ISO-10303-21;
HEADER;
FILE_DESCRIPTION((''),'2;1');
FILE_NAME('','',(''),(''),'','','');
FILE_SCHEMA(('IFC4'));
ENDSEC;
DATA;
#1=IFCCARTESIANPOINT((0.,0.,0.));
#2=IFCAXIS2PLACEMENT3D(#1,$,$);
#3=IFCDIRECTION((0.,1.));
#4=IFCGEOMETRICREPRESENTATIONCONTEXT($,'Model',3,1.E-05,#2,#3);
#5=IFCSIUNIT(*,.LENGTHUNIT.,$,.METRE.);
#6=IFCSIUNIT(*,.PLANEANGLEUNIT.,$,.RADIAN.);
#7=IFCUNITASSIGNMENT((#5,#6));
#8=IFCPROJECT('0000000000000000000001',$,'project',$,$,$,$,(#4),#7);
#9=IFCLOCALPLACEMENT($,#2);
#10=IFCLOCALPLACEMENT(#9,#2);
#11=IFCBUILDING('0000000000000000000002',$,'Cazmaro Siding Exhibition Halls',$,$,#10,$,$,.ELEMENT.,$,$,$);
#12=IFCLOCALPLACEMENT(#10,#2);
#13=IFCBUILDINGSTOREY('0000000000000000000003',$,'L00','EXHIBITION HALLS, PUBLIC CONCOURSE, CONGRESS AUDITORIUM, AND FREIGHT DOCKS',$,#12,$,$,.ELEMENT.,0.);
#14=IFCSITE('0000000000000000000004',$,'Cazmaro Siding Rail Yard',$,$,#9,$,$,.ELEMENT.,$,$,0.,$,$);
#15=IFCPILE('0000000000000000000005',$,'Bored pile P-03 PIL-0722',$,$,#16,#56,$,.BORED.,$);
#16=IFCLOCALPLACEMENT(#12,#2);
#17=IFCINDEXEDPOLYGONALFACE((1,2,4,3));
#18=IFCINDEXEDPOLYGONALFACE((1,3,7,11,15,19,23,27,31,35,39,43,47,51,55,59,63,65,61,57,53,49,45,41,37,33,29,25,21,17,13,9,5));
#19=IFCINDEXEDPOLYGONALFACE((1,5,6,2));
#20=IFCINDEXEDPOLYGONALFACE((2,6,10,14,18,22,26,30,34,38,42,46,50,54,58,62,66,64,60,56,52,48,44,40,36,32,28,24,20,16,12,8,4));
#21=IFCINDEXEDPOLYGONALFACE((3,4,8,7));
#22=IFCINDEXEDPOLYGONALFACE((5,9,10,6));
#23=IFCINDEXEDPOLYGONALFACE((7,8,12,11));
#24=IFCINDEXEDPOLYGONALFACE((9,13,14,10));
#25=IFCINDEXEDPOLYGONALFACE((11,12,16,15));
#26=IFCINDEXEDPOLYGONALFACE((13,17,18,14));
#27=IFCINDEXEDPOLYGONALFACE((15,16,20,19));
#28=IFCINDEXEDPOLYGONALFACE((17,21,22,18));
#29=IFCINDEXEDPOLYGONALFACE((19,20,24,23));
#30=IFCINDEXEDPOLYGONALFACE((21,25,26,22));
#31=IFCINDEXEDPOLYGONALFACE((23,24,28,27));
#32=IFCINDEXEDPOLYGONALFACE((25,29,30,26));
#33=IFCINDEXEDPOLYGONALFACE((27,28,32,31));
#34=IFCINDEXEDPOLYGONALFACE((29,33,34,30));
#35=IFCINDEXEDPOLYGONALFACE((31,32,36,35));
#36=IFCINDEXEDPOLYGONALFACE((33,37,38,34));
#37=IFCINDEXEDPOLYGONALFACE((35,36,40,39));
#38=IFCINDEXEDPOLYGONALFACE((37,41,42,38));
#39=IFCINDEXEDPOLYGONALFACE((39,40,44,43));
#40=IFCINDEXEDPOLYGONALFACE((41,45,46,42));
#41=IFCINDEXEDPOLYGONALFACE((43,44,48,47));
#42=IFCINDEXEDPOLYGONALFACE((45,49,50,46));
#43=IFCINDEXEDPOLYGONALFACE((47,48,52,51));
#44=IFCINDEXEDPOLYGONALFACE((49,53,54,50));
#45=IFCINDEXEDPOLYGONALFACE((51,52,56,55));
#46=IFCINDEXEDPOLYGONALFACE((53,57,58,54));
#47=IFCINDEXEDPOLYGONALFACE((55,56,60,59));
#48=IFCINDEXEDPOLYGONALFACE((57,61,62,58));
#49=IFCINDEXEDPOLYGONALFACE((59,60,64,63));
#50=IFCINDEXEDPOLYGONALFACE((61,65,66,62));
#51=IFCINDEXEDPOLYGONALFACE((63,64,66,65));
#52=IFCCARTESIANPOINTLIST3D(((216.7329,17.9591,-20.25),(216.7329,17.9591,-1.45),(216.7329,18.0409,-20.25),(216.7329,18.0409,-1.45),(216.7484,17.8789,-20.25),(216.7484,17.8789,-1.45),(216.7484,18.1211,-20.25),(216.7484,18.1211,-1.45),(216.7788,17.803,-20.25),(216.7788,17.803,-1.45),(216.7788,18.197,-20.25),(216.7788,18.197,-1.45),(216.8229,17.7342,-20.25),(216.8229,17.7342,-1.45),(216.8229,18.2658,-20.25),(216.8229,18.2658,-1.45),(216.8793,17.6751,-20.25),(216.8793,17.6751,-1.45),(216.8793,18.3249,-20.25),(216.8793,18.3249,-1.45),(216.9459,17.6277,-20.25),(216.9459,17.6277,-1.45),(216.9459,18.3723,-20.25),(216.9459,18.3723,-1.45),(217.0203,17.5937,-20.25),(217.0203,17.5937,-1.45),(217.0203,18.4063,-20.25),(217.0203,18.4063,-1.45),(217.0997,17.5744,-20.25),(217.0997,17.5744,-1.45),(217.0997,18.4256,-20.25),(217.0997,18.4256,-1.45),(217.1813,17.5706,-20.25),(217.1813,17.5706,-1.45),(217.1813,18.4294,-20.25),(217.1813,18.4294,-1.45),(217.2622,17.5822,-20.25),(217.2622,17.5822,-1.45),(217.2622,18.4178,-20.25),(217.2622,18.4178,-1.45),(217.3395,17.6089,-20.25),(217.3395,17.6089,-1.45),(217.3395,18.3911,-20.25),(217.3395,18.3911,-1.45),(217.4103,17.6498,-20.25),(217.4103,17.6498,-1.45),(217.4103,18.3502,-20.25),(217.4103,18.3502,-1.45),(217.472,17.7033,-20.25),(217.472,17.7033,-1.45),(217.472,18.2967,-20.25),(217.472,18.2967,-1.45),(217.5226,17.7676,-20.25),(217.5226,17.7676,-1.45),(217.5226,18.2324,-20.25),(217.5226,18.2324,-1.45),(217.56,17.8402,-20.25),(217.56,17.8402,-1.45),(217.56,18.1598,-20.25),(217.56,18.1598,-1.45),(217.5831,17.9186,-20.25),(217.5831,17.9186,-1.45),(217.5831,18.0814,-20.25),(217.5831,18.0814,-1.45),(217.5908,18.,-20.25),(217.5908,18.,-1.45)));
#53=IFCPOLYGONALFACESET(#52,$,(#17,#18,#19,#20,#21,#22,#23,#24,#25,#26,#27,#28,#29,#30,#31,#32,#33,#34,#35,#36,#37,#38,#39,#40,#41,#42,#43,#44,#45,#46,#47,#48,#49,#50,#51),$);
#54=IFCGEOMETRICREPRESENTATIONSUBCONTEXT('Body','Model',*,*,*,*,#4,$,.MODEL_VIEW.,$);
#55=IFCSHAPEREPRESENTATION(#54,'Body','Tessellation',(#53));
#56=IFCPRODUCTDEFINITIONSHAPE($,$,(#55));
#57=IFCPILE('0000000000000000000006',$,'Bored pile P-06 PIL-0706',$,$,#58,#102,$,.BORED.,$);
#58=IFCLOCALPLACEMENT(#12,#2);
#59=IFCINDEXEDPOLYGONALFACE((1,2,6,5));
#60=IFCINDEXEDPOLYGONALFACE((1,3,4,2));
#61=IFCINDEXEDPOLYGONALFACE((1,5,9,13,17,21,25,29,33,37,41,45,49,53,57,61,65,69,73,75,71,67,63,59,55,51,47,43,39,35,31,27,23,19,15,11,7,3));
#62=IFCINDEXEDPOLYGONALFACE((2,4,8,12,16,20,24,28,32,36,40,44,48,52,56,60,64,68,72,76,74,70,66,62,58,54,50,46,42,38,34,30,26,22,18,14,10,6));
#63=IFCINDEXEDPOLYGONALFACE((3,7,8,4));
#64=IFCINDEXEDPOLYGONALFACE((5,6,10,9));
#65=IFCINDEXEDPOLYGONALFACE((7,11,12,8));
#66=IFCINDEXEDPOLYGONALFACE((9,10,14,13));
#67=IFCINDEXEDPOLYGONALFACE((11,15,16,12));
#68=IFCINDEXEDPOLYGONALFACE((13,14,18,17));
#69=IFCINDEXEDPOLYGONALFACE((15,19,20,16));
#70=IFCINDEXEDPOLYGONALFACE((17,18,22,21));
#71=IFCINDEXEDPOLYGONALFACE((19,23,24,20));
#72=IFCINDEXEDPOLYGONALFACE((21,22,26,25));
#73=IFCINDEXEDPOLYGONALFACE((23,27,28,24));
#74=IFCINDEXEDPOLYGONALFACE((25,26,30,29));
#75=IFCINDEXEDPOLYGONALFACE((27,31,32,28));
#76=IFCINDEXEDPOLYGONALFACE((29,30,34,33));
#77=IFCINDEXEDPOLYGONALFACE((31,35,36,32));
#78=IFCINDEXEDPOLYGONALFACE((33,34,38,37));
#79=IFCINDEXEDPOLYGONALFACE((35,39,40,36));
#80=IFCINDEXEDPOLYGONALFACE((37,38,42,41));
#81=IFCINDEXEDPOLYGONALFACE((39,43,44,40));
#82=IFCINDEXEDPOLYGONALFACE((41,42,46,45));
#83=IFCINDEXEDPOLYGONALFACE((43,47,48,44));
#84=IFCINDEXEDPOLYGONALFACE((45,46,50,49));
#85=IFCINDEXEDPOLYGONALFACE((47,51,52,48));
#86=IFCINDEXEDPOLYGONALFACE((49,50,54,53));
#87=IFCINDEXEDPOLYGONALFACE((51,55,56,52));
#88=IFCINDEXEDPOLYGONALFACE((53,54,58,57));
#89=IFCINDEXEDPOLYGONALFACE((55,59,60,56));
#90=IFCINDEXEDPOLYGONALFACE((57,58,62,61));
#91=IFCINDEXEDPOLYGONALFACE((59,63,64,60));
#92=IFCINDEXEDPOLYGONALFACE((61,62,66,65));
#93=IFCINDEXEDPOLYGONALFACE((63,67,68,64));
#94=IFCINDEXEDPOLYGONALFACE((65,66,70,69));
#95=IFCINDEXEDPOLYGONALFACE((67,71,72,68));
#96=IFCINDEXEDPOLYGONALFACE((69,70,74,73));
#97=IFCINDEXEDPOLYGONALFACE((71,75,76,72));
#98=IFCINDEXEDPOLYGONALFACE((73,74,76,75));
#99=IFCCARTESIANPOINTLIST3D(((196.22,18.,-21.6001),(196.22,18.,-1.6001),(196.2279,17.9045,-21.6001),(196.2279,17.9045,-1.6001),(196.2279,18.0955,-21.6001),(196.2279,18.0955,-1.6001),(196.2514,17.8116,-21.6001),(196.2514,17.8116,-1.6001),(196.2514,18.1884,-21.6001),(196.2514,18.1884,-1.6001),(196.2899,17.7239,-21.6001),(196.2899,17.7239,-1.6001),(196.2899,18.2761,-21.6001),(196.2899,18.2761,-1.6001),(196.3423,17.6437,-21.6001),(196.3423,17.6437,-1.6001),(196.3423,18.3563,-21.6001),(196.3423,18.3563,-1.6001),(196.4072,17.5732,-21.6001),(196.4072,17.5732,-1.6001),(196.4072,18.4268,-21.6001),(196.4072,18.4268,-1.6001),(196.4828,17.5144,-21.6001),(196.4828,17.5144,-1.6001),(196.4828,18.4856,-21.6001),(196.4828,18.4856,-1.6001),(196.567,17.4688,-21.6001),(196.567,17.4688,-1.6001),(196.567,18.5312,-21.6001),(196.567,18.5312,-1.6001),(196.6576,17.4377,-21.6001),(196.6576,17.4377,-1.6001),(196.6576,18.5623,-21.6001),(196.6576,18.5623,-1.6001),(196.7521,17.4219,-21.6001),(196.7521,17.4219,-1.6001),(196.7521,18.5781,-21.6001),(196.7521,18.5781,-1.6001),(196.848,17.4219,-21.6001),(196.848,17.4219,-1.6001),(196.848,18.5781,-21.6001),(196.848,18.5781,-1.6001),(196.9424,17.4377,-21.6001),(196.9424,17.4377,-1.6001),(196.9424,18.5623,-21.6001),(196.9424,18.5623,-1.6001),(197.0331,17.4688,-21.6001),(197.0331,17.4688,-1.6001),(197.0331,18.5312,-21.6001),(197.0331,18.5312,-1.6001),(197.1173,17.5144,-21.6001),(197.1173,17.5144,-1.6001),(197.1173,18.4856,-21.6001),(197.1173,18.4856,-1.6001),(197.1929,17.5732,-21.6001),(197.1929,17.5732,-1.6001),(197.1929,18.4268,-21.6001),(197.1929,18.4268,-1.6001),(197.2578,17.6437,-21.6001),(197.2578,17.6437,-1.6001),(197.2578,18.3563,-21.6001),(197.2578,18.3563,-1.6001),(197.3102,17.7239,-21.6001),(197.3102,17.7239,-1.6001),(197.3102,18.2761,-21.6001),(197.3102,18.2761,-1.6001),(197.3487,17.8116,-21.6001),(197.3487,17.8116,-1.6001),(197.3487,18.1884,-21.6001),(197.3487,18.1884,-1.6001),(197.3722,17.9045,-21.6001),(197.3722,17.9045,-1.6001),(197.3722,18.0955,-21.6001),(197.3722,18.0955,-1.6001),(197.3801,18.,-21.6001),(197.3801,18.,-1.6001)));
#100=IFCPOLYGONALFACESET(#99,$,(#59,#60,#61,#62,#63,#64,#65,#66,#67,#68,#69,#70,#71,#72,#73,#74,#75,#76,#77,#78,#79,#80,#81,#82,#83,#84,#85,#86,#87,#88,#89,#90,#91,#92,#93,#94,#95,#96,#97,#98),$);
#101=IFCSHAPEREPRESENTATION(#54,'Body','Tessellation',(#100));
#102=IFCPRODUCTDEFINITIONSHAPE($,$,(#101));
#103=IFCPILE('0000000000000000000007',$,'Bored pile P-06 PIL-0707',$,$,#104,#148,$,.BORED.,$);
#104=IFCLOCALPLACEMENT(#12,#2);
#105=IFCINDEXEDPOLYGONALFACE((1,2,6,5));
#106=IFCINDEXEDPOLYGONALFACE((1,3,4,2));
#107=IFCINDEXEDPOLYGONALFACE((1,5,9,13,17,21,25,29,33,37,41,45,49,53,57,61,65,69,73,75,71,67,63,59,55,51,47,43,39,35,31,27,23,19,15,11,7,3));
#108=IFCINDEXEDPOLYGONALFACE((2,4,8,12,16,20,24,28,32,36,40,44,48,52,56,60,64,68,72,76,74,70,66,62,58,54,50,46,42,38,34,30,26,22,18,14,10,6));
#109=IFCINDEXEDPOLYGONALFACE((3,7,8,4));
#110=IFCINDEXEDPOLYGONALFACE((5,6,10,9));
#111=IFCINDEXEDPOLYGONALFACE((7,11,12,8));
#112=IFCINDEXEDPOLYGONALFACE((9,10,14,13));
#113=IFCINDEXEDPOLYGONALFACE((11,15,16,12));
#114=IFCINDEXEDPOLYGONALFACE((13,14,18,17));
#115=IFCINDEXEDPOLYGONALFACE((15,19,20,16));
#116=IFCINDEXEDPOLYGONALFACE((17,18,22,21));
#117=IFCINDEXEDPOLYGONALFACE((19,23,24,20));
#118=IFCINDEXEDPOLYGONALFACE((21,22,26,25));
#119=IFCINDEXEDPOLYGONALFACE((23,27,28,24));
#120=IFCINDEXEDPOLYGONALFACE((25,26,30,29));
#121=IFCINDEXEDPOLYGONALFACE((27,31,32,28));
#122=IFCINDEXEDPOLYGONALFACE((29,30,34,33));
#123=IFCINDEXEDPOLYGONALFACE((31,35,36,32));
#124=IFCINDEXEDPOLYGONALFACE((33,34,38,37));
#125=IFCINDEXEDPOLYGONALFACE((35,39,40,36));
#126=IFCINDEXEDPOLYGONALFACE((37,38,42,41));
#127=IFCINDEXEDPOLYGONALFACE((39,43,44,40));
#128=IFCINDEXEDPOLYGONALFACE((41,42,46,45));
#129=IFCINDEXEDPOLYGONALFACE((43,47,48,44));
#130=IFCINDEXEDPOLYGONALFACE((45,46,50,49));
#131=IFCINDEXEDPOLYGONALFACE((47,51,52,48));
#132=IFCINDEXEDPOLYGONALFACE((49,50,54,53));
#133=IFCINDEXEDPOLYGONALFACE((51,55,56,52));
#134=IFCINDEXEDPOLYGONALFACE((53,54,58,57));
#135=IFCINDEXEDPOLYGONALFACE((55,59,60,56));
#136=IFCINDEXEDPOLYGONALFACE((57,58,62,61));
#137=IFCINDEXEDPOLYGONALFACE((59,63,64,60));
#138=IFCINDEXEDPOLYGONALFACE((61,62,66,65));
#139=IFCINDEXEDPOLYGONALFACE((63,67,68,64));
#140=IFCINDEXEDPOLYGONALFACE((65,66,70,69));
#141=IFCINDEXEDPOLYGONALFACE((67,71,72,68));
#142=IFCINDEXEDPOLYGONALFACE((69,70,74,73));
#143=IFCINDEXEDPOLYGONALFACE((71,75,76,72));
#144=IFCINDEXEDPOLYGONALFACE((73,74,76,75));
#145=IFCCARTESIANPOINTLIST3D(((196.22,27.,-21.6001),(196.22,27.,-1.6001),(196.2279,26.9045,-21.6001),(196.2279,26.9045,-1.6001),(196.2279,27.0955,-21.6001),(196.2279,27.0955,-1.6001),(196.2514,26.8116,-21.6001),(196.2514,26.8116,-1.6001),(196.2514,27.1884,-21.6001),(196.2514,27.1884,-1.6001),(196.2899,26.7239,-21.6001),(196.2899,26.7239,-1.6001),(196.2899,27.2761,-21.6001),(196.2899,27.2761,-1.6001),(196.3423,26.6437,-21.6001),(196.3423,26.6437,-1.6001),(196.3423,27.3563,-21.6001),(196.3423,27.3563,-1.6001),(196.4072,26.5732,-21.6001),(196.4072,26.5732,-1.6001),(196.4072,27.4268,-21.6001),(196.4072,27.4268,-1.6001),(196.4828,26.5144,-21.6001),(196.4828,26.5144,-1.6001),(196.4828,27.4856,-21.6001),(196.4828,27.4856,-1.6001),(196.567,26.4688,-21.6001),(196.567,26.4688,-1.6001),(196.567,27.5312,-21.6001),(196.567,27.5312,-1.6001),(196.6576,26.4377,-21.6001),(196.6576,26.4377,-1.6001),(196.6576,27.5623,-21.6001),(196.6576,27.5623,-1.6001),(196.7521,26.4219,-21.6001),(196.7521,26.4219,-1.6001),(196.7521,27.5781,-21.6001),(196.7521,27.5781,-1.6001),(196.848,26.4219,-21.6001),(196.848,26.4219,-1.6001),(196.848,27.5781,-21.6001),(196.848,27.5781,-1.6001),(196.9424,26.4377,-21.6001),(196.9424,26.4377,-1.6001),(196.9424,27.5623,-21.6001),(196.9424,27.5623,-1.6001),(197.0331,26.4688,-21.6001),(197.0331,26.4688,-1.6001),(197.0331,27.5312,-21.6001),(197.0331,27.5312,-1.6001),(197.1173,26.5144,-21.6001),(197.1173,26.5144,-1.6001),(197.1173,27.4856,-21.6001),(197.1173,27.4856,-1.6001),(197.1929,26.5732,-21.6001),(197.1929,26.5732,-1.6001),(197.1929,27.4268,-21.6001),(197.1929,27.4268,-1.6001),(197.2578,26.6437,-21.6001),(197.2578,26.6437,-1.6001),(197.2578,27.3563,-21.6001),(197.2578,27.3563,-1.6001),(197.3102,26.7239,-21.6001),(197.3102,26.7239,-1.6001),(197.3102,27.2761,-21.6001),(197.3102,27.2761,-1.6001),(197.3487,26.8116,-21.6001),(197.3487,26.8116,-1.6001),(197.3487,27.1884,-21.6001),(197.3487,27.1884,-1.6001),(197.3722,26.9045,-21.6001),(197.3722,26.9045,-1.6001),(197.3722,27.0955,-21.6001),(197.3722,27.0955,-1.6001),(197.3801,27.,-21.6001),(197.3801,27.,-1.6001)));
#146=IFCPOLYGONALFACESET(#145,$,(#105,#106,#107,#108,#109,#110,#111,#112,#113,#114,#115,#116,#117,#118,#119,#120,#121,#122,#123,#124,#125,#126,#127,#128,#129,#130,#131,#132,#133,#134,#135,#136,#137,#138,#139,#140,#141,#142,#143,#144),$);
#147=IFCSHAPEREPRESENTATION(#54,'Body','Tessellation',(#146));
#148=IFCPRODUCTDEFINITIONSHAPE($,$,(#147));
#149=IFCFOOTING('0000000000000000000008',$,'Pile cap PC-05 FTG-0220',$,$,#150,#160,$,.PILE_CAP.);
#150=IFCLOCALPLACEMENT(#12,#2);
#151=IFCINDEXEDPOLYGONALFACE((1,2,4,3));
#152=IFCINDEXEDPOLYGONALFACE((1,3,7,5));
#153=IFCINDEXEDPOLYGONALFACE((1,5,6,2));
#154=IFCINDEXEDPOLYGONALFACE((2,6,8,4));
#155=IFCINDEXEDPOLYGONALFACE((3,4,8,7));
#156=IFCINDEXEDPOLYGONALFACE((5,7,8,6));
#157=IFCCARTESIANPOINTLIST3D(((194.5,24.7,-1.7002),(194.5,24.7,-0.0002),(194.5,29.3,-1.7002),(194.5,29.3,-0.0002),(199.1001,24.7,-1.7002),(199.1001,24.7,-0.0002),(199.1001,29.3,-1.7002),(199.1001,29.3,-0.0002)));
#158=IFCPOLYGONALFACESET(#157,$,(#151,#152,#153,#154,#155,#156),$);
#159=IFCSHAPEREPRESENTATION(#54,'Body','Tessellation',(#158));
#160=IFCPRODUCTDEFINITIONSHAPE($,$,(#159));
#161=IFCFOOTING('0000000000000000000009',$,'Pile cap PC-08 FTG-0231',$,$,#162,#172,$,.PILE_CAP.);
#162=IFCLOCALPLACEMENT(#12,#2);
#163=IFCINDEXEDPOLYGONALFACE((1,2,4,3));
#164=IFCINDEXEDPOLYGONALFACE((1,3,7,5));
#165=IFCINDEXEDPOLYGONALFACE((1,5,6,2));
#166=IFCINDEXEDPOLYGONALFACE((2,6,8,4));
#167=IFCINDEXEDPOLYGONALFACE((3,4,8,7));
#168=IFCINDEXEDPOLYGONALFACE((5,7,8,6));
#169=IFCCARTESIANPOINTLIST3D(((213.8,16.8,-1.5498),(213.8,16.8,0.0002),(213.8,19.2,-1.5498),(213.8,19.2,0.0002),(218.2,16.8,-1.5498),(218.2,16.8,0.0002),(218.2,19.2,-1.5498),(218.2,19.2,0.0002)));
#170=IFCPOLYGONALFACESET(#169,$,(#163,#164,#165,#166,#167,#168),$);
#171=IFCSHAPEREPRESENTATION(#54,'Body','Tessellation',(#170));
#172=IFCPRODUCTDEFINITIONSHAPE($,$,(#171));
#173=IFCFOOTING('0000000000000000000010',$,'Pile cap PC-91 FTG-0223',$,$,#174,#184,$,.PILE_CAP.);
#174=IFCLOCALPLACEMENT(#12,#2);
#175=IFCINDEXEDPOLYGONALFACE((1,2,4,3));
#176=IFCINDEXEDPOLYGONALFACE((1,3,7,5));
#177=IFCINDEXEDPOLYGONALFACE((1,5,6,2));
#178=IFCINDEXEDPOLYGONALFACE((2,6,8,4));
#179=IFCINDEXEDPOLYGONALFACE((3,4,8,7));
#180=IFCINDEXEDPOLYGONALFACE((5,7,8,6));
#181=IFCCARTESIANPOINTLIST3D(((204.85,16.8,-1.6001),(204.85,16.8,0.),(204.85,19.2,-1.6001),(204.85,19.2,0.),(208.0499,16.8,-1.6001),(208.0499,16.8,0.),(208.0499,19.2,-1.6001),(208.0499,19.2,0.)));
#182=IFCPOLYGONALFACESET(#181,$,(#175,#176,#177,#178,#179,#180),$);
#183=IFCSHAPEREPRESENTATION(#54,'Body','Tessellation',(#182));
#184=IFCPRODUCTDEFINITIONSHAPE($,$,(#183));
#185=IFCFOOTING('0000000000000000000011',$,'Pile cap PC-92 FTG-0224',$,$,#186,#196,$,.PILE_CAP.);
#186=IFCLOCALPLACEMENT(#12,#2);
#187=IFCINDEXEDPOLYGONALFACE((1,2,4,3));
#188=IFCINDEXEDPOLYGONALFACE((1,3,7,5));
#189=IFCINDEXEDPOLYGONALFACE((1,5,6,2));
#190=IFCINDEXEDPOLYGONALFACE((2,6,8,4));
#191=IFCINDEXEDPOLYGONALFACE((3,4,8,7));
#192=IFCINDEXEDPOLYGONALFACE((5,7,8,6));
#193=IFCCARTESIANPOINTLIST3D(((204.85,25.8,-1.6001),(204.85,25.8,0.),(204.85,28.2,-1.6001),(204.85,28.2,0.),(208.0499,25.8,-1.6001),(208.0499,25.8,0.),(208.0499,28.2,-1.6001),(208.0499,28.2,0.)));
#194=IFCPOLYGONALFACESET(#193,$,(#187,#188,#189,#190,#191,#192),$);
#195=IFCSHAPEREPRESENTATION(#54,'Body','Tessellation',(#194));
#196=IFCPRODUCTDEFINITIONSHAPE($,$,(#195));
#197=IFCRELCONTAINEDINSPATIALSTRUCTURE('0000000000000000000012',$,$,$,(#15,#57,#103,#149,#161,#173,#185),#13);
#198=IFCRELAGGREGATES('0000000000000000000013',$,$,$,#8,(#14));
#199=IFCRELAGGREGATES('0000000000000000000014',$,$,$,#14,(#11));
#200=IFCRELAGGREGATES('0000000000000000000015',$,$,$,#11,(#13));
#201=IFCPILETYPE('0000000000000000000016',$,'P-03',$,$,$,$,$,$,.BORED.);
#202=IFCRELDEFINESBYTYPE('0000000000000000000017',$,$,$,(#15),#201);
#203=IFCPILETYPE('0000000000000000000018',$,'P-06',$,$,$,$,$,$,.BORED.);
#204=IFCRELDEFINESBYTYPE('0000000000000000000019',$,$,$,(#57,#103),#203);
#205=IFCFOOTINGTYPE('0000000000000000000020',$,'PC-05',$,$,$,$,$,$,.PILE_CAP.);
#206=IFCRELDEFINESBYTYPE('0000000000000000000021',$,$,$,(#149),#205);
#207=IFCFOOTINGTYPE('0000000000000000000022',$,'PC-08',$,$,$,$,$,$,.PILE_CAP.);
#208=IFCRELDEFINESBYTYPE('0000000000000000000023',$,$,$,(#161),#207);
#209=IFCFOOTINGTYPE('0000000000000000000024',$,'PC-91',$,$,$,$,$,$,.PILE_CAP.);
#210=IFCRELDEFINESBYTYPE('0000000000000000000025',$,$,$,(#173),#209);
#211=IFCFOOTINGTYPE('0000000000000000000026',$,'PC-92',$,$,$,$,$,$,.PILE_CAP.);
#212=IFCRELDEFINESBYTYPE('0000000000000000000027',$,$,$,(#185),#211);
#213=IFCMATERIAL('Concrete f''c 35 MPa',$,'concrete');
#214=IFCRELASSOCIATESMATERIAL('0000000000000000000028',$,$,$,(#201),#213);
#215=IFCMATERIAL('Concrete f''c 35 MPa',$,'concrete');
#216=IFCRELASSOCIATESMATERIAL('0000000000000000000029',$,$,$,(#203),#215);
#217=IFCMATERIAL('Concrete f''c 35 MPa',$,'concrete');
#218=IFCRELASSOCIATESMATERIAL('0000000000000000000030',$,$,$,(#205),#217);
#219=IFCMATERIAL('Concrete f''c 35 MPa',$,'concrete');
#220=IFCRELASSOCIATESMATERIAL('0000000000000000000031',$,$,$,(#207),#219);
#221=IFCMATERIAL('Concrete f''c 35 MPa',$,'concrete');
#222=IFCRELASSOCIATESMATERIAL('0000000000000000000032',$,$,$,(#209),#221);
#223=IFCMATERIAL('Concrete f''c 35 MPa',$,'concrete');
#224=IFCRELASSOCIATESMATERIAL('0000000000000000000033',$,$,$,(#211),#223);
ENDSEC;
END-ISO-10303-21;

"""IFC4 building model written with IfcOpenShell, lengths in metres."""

from ifc_helpers import new_model, si_unit, direction, frame, origin, origin_2d, place, context, subcontext, project, spatial, rectangle, circle, extrude, material, material_profile, profile_set, type_object, element, save


model = new_model("IFC4")

# Units and contexts
model_context = context("Model", 3, precision=1e-05, world=origin(), true_north=direction((0.0, 1.0)))
body_context = subcontext(model_context, "Body", "Model", "MODEL_VIEW")
ifc_project = project(units=[si_unit("LENGTHUNIT", "METRE"), si_unit("PLANEANGLEUNIT", "RADIAN")], contexts=[model_context])

# Site, building, storey
site_placement = place(None, origin())
site = spatial("IfcSite", under=ifc_project, at=site_placement, Name="Cazmaro Siding Rail Yard", CompositionType="ELEMENT", RefElevation=0.0)
building_placement = place(site_placement, origin())
building = spatial("IfcBuilding", under=site, at=building_placement, Name="Cazmaro Siding Exhibition Halls", CompositionType="ELEMENT")
storey_placement = place(building_placement, origin())
storey = spatial("IfcBuildingStorey", under=building, at=storey_placement, Name="L00", Description="EXHIBITION HALLS, PUBLIC CONCOURSE, CONGRESS AUDITORIUM, AND FREIGHT DOCKS", CompositionType="ELEMENT", Elevation=0.0)

# Piles
ifc_material_1 = material(Name="Concrete f'c 35 MPa", Category="concrete")
ifc_material_profile_1 = material_profile(ifc_material_1, circle(Radius=0.4299, at=origin_2d()), Name="CIDH-860")
ifc_profile_set_1 = profile_set([ifc_material_profile_1], Name="Concrete f'c 35 MPa")
pile_type_1 = type_object("IfcPileType", Name="P-03", PredefinedType="BORED", material=ifc_profile_set_1)
for number, where, z_axis, x_axis, name in (
    (1, (217.1609, 18.0, -1.45), (0.0, 0.0, -1.0), (1.0, 0.0, 0.0), "Bored pile P-03 PIL-0722"),
):
    element("IfcPile", number, at=place(storey_placement, frame(where, z_axis=z_axis, x_axis=x_axis)), inside=storey, type_object=pile_type_1, Name=name, PredefinedType="BORED", context=body_context, shape_type="SweptSolid", body=[
        extrude(circle(Radius=0.4299, at=origin_2d()), origin(), (0.0, 0.0, 1.0), 18.8),
    ])
ifc_material_2 = material(Name="Concrete f'c 35 MPa", Category="concrete")
ifc_material_profile_2 = material_profile(ifc_material_2, circle(Radius=0.5801, at=origin_2d()), Name="CIDH-1160")
ifc_profile_set_2 = profile_set([ifc_material_profile_2], Name="Concrete f'c 35 MPa")
pile_type_2 = type_object("IfcPileType", Name="P-06", PredefinedType="BORED", material=ifc_profile_set_2)
for number, where, z_axis, x_axis, name in (
    (2, (196.8, 18.0, -1.6001), (0.0, 0.0, -1.0), (1.0, 0.0, 0.0), "Bored pile P-06 PIL-0706"),
    (3, (196.8, 27.0, -1.6001), (0.0, 0.0, -1.0), (1.0, 0.0, 0.0), "Bored pile P-06 PIL-0707"),
):
    element("IfcPile", number, at=place(storey_placement, frame(where, z_axis=z_axis, x_axis=x_axis)), inside=storey, type_object=pile_type_2, Name=name, PredefinedType="BORED", context=body_context, shape_type="SweptSolid", body=[
        extrude(circle(Radius=0.5801, at=origin_2d()), origin(), (0.0, 0.0, 1.0), 20.0),
    ])

# Footings
ifc_material_3 = material(Name="Concrete f'c 35 MPa", Category="concrete")
footing_type_1 = type_object("IfcFootingType", Name="PC-05", PredefinedType="PILE_CAP", material=ifc_material_3)
footing_1_placement = place(storey_placement, frame((196.8, 27.0, -1.7002), z_axis=(0.0, 0.0, 1.0), x_axis=(1.0, 0.0, 0.0)))
element("IfcFooting", 4, at=footing_1_placement, inside=storey, type_object=footing_type_1, Name="Pile cap PC-05 FTG-0220", PredefinedType="PILE_CAP", context=body_context, shape_type="SweptSolid", body=[
    extrude(rectangle(XDim=4.6001, YDim=4.6001, at=origin_2d()), origin(), (0.0, 0.0, 1.0), 1.7),
])
ifc_material_4 = material(Name="Concrete f'c 35 MPa", Category="concrete")
footing_type_2 = type_object("IfcFootingType", Name="PC-08", PredefinedType="PILE_CAP", material=ifc_material_4)
footing_2_placement = place(storey_placement, frame((216.0, 18.0, -1.5498), z_axis=(0.0, 0.0, 1.0), x_axis=(1.0, 0.0, 0.0)))
element("IfcFooting", 5, at=footing_2_placement, inside=storey, type_object=footing_type_2, Name="Pile cap PC-08 FTG-0231", PredefinedType="PILE_CAP", context=body_context, shape_type="SweptSolid", body=[
    extrude(rectangle(XDim=4.3999, YDim=2.3999, at=origin_2d()), origin(), (0.0, 0.0, 1.0), 1.55),
])
ifc_material_5 = material(Name="Concrete f'c 35 MPa", Category="concrete")
footing_type_3 = type_object("IfcFootingType", Name="PC-91", PredefinedType="PILE_CAP", material=ifc_material_5)
footing_3_placement = place(storey_placement, frame((206.45, 18.0, -1.6001), z_axis=(0.0, 0.0, 1.0), x_axis=(1.0, 0.0, 0.0)))
element("IfcFooting", 6, at=footing_3_placement, inside=storey, type_object=footing_type_3, Name="Pile cap PC-91 FTG-0223", PredefinedType="PILE_CAP", context=body_context, shape_type="SweptSolid", body=[
    extrude(rectangle(XDim=3.2, YDim=2.3999, at=origin_2d()), origin(), (0.0, 0.0, 1.0), 1.6001),
])
ifc_material_6 = material(Name="Concrete f'c 35 MPa", Category="concrete")
footing_type_4 = type_object("IfcFootingType", Name="PC-92", PredefinedType="PILE_CAP", material=ifc_material_6)
footing_4_placement = place(storey_placement, frame((206.45, 27.0, -1.6001), z_axis=(0.0, 0.0, 1.0), x_axis=(1.0, 0.0, 0.0)))
element("IfcFooting", 7, at=footing_4_placement, inside=storey, type_object=footing_type_4, Name="Pile cap PC-92 FTG-0224", PredefinedType="PILE_CAP", context=body_context, shape_type="SweptSolid", body=[
    extrude(rectangle(XDim=3.2, YDim=2.3999, at=origin_2d()), origin(), (0.0, 0.0, 1.0), 1.6001),
])

save(model, "model.ifc")
